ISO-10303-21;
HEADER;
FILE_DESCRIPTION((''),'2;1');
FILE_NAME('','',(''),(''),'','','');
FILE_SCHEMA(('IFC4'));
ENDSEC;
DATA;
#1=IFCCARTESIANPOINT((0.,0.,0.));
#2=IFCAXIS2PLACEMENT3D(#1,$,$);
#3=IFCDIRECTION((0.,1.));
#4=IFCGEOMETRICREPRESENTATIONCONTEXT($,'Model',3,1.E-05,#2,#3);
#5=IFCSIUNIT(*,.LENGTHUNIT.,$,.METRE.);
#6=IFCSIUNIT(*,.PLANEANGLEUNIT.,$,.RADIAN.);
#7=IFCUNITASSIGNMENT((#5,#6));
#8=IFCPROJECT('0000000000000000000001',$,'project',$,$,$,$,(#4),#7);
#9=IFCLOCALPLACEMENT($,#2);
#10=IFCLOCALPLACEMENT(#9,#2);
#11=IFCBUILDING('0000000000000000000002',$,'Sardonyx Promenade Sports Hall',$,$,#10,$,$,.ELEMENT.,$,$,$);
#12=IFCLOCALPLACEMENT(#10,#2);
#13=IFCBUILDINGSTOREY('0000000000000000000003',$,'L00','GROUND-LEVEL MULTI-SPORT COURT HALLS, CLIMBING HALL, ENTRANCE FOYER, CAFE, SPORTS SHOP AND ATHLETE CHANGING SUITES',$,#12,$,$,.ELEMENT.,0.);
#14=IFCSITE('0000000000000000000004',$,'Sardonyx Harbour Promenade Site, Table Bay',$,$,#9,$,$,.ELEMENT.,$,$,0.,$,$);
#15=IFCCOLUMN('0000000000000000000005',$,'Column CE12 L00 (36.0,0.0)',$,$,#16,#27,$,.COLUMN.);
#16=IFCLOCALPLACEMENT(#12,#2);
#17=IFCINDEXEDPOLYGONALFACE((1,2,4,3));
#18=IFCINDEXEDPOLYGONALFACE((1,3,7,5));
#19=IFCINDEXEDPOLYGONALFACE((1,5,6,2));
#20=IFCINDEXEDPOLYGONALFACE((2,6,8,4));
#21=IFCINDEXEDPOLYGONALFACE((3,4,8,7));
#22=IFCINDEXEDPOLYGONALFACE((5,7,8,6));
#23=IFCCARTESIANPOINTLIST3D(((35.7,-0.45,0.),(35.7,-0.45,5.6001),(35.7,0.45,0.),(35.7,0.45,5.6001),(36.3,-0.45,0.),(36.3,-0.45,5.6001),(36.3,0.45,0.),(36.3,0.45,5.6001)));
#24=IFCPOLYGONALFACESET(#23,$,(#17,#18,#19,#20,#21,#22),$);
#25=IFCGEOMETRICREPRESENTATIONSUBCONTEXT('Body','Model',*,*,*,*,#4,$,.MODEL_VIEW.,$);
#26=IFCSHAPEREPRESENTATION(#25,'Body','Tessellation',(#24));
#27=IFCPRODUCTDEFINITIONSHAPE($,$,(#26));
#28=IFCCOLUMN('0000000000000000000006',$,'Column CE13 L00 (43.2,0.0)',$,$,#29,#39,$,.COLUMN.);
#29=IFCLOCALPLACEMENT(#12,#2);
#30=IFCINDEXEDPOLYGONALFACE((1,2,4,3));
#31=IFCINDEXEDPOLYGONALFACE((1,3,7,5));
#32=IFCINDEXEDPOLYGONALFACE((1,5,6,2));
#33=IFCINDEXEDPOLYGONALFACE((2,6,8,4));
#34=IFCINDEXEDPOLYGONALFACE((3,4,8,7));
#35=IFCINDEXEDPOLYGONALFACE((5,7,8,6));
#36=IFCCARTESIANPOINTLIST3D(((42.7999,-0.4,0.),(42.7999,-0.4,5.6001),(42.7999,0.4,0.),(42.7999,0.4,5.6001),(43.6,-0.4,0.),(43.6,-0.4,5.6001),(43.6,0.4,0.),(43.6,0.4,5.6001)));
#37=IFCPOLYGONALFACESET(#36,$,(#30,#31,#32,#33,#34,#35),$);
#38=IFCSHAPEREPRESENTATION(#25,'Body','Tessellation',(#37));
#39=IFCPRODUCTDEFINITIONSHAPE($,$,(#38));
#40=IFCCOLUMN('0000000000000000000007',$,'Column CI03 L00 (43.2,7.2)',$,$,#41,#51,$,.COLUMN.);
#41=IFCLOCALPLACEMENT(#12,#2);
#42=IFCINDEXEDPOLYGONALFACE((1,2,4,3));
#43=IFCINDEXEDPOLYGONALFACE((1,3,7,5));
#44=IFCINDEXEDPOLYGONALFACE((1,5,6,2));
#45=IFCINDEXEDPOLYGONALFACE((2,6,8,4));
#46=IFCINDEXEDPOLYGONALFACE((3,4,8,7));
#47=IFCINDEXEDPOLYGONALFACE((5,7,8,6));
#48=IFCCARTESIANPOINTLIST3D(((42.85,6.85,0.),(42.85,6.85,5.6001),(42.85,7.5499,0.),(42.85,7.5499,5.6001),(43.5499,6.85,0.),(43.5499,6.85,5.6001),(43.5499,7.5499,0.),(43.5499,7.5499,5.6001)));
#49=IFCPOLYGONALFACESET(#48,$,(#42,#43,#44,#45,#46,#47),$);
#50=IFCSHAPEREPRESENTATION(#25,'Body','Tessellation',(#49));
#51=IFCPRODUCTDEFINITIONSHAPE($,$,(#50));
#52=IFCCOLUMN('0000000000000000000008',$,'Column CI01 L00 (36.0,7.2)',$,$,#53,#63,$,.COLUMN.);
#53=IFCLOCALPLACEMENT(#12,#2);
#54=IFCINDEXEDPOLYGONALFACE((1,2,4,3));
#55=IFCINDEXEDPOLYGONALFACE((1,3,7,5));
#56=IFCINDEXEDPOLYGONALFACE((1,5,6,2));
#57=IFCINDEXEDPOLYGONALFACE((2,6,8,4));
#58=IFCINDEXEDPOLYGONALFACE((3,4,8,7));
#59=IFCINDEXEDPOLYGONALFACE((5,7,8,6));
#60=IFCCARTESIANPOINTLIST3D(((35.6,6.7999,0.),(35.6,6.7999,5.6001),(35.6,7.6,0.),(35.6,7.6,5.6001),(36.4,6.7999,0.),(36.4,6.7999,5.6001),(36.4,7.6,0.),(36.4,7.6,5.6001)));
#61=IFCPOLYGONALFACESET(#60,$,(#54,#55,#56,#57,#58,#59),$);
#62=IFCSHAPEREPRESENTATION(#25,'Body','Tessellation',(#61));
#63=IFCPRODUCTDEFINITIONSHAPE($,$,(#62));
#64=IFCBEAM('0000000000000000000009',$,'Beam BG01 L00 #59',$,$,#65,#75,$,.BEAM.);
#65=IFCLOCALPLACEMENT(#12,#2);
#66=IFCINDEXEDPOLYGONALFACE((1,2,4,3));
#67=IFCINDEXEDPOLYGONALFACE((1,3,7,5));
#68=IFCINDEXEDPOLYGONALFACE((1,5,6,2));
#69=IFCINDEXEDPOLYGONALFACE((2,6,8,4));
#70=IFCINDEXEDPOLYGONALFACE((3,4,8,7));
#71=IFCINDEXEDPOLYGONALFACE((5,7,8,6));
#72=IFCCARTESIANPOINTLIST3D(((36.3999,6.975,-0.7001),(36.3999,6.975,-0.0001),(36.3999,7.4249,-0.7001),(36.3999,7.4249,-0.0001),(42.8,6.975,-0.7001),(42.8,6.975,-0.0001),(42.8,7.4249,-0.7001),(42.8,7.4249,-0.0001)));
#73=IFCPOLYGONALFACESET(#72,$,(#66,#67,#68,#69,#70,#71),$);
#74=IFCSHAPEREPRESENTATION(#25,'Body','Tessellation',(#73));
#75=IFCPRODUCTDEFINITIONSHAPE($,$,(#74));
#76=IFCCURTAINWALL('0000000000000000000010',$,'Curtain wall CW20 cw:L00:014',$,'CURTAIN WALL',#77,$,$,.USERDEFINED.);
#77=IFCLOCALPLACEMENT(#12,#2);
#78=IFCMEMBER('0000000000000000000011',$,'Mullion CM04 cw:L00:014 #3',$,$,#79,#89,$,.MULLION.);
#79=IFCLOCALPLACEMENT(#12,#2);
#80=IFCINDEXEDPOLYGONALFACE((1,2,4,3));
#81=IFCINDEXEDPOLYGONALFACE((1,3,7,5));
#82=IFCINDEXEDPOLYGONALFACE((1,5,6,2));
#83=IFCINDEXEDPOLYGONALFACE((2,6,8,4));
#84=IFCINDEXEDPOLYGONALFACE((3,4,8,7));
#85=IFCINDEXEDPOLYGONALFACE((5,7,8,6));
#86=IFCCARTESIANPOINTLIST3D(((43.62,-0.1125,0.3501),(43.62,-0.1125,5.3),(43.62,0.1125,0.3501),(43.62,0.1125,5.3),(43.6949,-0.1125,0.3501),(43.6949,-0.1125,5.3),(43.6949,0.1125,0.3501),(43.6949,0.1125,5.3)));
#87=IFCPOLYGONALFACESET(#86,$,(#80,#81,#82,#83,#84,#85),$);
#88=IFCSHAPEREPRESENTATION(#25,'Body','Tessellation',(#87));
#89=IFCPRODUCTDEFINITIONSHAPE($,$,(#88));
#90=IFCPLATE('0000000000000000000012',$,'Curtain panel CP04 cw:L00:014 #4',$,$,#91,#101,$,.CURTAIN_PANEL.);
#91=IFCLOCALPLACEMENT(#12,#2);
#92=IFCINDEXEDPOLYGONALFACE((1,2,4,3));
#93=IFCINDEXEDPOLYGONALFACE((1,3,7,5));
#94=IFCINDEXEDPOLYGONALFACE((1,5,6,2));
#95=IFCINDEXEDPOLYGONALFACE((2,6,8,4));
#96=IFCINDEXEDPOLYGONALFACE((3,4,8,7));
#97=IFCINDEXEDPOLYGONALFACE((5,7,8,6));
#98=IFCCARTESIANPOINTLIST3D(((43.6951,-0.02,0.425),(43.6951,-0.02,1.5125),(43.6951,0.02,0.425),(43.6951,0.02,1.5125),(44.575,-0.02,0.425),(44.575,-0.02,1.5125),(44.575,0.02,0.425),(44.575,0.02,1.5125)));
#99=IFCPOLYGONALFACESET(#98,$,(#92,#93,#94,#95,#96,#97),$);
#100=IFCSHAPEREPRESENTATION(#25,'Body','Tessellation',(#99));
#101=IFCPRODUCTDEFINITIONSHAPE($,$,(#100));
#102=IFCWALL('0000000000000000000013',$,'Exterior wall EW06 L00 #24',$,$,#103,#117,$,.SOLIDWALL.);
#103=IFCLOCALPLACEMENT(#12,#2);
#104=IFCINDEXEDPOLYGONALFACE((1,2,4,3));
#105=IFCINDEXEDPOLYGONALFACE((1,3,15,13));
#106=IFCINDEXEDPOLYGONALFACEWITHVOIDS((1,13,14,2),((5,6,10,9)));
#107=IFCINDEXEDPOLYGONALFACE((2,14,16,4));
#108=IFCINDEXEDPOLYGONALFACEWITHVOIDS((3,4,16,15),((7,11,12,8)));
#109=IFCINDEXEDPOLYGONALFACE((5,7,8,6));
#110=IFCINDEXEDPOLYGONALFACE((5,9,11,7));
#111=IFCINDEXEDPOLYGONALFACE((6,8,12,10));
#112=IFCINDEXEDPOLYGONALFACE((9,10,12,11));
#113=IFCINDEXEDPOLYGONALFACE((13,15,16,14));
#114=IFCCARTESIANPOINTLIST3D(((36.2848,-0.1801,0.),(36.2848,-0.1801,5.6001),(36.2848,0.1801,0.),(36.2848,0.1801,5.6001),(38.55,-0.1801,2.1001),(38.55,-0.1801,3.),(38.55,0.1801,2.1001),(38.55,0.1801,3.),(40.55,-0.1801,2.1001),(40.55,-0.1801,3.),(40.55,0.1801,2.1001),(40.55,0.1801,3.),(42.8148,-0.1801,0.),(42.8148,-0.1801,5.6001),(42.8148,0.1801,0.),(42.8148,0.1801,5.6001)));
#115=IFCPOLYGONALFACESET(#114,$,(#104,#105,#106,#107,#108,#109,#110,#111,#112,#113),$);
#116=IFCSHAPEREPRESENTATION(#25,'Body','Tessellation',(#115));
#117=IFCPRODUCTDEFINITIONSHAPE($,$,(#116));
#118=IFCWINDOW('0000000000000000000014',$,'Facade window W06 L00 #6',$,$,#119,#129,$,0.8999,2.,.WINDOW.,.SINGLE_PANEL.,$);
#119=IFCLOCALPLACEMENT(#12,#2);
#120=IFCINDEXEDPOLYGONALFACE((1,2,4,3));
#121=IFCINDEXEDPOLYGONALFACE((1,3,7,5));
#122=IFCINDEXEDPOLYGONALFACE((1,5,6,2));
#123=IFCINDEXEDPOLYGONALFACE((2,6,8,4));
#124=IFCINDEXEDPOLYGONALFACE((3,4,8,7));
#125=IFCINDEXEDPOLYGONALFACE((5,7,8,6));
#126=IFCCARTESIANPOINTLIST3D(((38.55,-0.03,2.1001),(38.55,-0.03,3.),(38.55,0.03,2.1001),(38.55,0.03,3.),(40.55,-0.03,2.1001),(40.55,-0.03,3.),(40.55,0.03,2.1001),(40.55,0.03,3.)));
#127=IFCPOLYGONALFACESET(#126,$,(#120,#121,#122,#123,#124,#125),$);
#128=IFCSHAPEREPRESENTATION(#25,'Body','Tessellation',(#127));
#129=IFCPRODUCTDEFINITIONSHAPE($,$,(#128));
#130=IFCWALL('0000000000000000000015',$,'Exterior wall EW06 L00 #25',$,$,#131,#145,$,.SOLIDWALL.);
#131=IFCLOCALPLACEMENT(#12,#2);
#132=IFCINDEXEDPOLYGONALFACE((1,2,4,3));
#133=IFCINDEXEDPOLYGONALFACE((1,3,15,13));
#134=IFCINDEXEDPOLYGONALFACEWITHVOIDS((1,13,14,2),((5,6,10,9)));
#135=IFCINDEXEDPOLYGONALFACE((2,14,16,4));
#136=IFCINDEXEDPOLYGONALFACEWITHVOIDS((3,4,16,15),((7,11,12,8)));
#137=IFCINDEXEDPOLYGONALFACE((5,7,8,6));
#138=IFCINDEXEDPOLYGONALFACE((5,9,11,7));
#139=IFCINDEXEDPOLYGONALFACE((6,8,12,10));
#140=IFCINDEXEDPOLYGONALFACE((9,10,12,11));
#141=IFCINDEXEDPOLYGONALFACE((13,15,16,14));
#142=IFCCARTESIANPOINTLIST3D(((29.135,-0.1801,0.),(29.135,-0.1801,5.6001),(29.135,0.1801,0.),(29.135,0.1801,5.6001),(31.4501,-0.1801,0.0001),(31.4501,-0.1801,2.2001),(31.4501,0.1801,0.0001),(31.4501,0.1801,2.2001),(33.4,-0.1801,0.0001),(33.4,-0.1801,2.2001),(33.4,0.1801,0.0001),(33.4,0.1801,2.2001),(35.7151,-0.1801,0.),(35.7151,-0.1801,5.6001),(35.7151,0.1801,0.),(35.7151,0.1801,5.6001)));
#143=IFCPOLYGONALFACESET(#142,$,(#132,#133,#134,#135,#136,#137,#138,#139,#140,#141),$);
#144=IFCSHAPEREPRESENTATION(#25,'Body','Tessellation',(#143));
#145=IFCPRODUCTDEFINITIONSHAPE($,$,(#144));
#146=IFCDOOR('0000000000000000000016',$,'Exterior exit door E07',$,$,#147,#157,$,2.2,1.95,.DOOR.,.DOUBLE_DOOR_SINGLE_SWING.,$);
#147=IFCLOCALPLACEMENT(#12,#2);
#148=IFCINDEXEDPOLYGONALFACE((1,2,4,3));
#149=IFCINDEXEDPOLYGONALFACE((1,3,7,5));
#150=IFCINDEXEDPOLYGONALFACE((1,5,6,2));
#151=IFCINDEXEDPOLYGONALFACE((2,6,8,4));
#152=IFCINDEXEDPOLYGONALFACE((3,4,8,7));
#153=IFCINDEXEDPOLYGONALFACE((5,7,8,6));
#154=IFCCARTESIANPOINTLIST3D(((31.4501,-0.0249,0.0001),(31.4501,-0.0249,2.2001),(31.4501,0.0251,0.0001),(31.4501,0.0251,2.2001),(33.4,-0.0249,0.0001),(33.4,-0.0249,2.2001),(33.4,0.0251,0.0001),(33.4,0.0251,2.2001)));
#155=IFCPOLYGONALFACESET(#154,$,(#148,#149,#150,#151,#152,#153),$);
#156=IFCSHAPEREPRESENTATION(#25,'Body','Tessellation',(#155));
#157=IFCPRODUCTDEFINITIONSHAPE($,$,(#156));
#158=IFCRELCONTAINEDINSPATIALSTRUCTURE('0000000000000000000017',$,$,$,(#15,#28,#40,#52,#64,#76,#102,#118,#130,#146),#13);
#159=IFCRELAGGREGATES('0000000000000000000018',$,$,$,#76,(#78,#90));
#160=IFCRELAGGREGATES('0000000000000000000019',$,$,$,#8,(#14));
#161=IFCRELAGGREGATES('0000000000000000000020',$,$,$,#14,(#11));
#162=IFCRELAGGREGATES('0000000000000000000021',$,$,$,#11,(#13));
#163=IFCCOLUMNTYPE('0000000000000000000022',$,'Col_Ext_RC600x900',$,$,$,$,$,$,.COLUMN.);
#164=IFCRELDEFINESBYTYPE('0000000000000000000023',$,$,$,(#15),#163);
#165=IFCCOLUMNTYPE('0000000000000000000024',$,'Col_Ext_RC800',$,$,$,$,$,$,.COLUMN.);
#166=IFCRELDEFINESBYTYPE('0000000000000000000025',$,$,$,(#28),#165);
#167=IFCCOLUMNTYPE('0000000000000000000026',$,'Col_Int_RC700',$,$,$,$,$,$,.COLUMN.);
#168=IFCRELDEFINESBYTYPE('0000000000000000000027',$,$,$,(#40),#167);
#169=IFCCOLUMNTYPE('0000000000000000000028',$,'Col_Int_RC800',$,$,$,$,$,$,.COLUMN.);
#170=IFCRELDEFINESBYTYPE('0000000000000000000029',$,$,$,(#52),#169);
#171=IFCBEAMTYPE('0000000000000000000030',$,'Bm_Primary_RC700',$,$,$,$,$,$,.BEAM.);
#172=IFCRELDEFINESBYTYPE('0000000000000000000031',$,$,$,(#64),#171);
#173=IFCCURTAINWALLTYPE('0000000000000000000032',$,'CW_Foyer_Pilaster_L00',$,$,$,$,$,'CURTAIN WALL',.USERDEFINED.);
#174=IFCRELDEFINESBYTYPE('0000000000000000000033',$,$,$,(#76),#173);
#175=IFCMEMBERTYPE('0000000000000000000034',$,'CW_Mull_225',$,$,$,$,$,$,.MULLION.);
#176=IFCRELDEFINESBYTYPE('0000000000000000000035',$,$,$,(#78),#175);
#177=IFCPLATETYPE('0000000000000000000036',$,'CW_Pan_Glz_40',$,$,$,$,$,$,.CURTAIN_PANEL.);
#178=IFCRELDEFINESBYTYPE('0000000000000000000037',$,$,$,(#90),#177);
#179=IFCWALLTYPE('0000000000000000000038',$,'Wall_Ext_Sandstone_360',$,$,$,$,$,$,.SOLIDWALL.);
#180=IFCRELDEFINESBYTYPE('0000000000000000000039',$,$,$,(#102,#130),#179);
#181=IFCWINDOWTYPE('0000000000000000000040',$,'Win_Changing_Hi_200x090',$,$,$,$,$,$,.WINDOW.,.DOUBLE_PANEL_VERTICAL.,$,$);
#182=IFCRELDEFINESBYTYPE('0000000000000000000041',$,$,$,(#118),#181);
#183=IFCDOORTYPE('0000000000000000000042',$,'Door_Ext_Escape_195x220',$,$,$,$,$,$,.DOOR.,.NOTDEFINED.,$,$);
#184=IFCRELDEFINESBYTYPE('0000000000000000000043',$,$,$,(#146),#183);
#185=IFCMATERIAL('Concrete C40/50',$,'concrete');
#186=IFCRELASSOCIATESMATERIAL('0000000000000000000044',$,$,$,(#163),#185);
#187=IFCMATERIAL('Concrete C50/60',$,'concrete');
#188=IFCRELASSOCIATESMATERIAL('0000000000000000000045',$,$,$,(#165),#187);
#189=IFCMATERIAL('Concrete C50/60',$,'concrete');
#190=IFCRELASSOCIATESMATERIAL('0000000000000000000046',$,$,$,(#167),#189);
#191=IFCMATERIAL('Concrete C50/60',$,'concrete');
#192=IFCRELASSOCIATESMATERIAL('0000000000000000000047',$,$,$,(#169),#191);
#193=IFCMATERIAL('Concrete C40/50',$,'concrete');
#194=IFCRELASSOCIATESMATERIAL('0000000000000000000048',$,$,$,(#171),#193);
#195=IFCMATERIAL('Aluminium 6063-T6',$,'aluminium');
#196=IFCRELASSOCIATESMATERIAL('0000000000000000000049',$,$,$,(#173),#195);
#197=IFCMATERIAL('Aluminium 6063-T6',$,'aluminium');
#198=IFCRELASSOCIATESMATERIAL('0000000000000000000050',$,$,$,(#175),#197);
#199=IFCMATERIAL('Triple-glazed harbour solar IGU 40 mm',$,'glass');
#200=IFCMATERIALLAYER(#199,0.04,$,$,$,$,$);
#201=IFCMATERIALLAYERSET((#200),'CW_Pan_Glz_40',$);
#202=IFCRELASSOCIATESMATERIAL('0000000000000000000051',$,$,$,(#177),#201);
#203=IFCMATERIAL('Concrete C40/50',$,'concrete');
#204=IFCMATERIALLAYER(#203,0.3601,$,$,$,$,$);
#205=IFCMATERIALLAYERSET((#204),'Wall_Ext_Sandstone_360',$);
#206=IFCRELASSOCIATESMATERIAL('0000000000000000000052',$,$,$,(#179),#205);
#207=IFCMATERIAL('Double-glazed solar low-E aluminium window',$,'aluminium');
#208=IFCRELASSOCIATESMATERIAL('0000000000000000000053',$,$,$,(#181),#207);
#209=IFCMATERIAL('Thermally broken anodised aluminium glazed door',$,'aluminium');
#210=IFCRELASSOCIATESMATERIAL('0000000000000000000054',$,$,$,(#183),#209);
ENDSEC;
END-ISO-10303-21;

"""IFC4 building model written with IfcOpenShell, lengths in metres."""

from ifc_helpers import new_model, si_unit, direction, frame, frame_2d, origin, origin_2d, place, context, subcontext, project, spatial, rectangle, extrude, material, layer, layer_set, material_profile, profile_set, type_object, element, fill, aggregate, save


model = new_model("IFC4")

# Units and contexts
model_context = context("Model", 3, precision=1e-05, world=origin(), true_north=direction((0.0, 1.0)))
body_context = subcontext(model_context, "Body", "Model", "MODEL_VIEW")
ifc_project = project(units=[si_unit("LENGTHUNIT", "METRE"), si_unit("PLANEANGLEUNIT", "RADIAN")], contexts=[model_context])

# Site, building, storey
site_placement = place(None, origin())
site = spatial("IfcSite", under=ifc_project, at=site_placement, Name="Sardonyx Harbour Promenade Site, Table Bay", CompositionType="ELEMENT", RefElevation=0.0)
building_placement = place(site_placement, origin())
building = spatial("IfcBuilding", under=site, at=building_placement, Name="Sardonyx Promenade Sports Hall", CompositionType="ELEMENT")
storey_placement = place(building_placement, origin())
storey = spatial("IfcBuildingStorey", under=building, at=storey_placement, Name="L00", Description="GROUND-LEVEL MULTI-SPORT COURT HALLS, CLIMBING HALL, ENTRANCE FOYER, CAFE, SPORTS SHOP AND ATHLETE CHANGING SUITES", CompositionType="ELEMENT", Elevation=0.0)

# Columns
ifc_material_1 = material(Name="Concrete C40/50", Category="concrete")
ifc_material_profile_1 = material_profile(ifc_material_1, rectangle(XDim=0.6001, YDim=0.8999, at=origin_2d()))
ifc_profile_set_1 = profile_set([ifc_material_profile_1], Name="Concrete C40/50")
column_type_1 = type_object("IfcColumnType", Name="Col_Ext_RC600x900", PredefinedType="COLUMN", material=ifc_profile_set_1)
column_1_placement = place(storey_placement, frame((36.0, 0.0, 0.0), z_axis=(0.0, 0.0, 1.0), x_axis=(1.0, 0.0, 0.0)))
element("IfcColumn", 1, at=column_1_placement, inside=storey, type_object=column_type_1, Name="Column CE12 L00 (36.0,0.0)", PredefinedType="COLUMN", context=body_context, shape_type="SweptSolid", body=[
    extrude(rectangle(XDim=0.6001, YDim=0.8999, at=origin_2d()), origin(), (0.0, 0.0, 1.0), 5.6001),
])
ifc_material_2 = material(Name="Concrete C50/60", Category="concrete")
ifc_material_profile_2 = material_profile(ifc_material_2, rectangle(XDim=0.8, YDim=0.8, at=origin_2d()))
ifc_profile_set_2 = profile_set([ifc_material_profile_2], Name="Concrete C50/60")
column_type_2 = type_object("IfcColumnType", Name="Col_Ext_RC800", PredefinedType="COLUMN", material=ifc_profile_set_2)
column_2_placement = place(storey_placement, frame((43.2, 0.0, 0.0), z_axis=(0.0, 0.0, 1.0), x_axis=(1.0, 0.0, 0.0)))
element("IfcColumn", 2, at=column_2_placement, inside=storey, type_object=column_type_2, Name="Column CE13 L00 (43.2,0.0)", PredefinedType="COLUMN", context=body_context, shape_type="SweptSolid", body=[
    extrude(rectangle(XDim=0.8, YDim=0.8, at=origin_2d()), origin(), (0.0, 0.0, 1.0), 5.6001),
])
ifc_material_3 = material(Name="Concrete C50/60", Category="concrete")
ifc_material_profile_3 = material_profile(ifc_material_3, rectangle(XDim=0.7, YDim=0.7, at=origin_2d()))
ifc_profile_set_3 = profile_set([ifc_material_profile_3], Name="Concrete C50/60")
column_type_3 = type_object("IfcColumnType", Name="Col_Int_RC700", PredefinedType="COLUMN", material=ifc_profile_set_3)
column_3_placement = place(storey_placement, frame((43.2, 7.2, 0.0), z_axis=(0.0, 0.0, 1.0), x_axis=(1.0, 0.0, 0.0)))
element("IfcColumn", 3, at=column_3_placement, inside=storey, type_object=column_type_3, Name="Column CI03 L00 (43.2,7.2)", PredefinedType="COLUMN", context=body_context, shape_type="SweptSolid", body=[
    extrude(rectangle(XDim=0.7, YDim=0.7, at=origin_2d()), origin(), (0.0, 0.0, 1.0), 5.6001),
])
ifc_material_4 = material(Name="Concrete C50/60", Category="concrete")
ifc_material_profile_4 = material_profile(ifc_material_4, rectangle(XDim=0.8, YDim=0.8, at=origin_2d()))
ifc_profile_set_4 = profile_set([ifc_material_profile_4], Name="Concrete C50/60")
column_type_4 = type_object("IfcColumnType", Name="Col_Int_RC800", PredefinedType="COLUMN", material=ifc_profile_set_4)
column_4_placement = place(storey_placement, frame((36.0, 7.2, 0.0), z_axis=(0.0, 0.0, 1.0), x_axis=(1.0, 0.0, 0.0)))
element("IfcColumn", 4, at=column_4_placement, inside=storey, type_object=column_type_4, Name="Column CI01 L00 (36.0,7.2)", PredefinedType="COLUMN", context=body_context, shape_type="SweptSolid", body=[
    extrude(rectangle(XDim=0.8, YDim=0.8, at=origin_2d()), origin(), (0.0, 0.0, 1.0), 5.6001),
])

# Beam
ifc_material_5 = material(Name="Concrete C40/50", Category="concrete")
ifc_material_profile_5 = material_profile(ifc_material_5, rectangle(XDim=0.45, YDim=0.7, at=origin_2d()))
ifc_profile_set_5 = profile_set([ifc_material_profile_5], Name="Concrete C40/50")
beam_type = type_object("IfcBeamType", Name="Bm_Primary_RC700", PredefinedType="BEAM", material=ifc_profile_set_5)
beam_placement = place(storey_placement, frame((36.3999, 7.2, -0.3501), z_axis=(1.0, 0.0, 0.0), x_axis=(0.0, 1.0, 0.0)))
element("IfcBeam", 5, at=beam_placement, inside=storey, type_object=beam_type, Name="Beam BG01 L00 #59", PredefinedType="BEAM", context=body_context, shape_type="SweptSolid", body=[
    extrude(rectangle(XDim=0.45, YDim=0.7, at=origin_2d()), origin(), (0.0, 0.0, 1.0), 6.4001),
])

# Curtain wall, member, plate
ifc_material_6 = material(Name="Aluminium 6063-T6", Category="aluminium")
curtain_wall_type = type_object("IfcCurtainWallType", Name="CW_Foyer_Pilaster_L00", ElementType="CURTAIN WALL", PredefinedType="USERDEFINED", material=ifc_material_6)
curtain_wall_placement = place(storey_placement, origin())
curtain_wall = element("IfcCurtainWall", 6, at=curtain_wall_placement, inside=storey, type_object=curtain_wall_type, Name="Curtain wall CW20 cw:L00:014", ObjectType="CURTAIN WALL", PredefinedType="USERDEFINED")
ifc_material_7 = material(Name="Aluminium 6063-T6", Category="aluminium")
ifc_material_profile_6 = material_profile(ifc_material_7, rectangle(XDim=0.075, YDim=0.2251, at=origin_2d()))
ifc_profile_set_6 = profile_set([ifc_material_profile_6], Name="Aluminium 6063-T6")
member_type = type_object("IfcMemberType", Name="CW_Mull_225", PredefinedType="MULLION", material=ifc_profile_set_6)
member_placement = place(storey_placement, frame((43.6575, 0.0, 0.3501), z_axis=(0.0, 0.0, 1.0), x_axis=(-1.0, 0.0, 0.0)))
member = element("IfcMember", 7, at=member_placement, type_object=member_type, Name="Mullion CM04 cw:L00:014 #3", PredefinedType="MULLION", context=body_context, shape_type="SweptSolid", body=[
    extrude(rectangle(XDim=0.075, YDim=0.2251, at=origin_2d()), origin(), (0.0, 0.0, 1.0), 4.95),
])
ifc_material_8 = material(Name="Triple-glazed harbour solar IGU 40 mm", Category="glass")
ifc_layer_1 = layer(ifc_material_8, 0.04)
ifc_layer_set_1 = layer_set([ifc_layer_1], Name="CW_Pan_Glz_40")
plate_type = type_object("IfcPlateType", Name="CW_Pan_Glz_40", PredefinedType="CURTAIN_PANEL", material=ifc_layer_set_1)
plate_placement = place(storey_placement, frame((44.135, 0.0, 0.425), z_axis=(0.0, 0.0, 1.0), x_axis=(-1.0, 0.0, 0.0)))
plate = element("IfcPlate", 8, at=plate_placement, type_object=plate_type, Name="Curtain panel CP04 cw:L00:014 #4", PredefinedType="CURTAIN_PANEL", context=body_context, shape_type="SweptSolid", body=[
    extrude(rectangle(XDim=0.8799, YDim=0.04, at=origin_2d()), origin(), (0.0, 0.0, 1.0), 1.0874),
])
aggregate(curtain_wall, [member, plate])

# Wall, opening, window
ifc_material_9 = material(Name="Concrete C40/50", Category="concrete")
ifc_layer_2 = layer(ifc_material_9, 0.3601)
ifc_layer_set_2 = layer_set([ifc_layer_2], Name="Wall_Ext_Sandstone_360")
wall_type_1 = type_object("IfcWallType", Name="Wall_Ext_Sandstone_360", PredefinedType="SOLIDWALL", material=ifc_layer_set_2)
wall_1_placement = place(storey_placement, frame((42.8149, 0.0, 0.0), z_axis=(0.0, 0.0, 1.0), x_axis=(-1.0, 0.0, 0.0)))
wall_1 = element("IfcWall", 9, at=wall_1_placement, inside=storey, type_object=wall_type_1, Name="Exterior wall EW06 L00 #24", PredefinedType="SOLIDWALL", context=body_context, shape_type="SweptSolid", body=[
    extrude(rectangle(XDim=6.53, YDim=0.3601, at=frame_2d((3.2651, 0.0))), origin(), (0.0, 0.0, 1.0), 5.6001),
])
opening_1_placement = place(wall_1_placement, frame((2.2649, 0.0, 2.1001)))
opening_1 = element("IfcOpeningElement", 10, at=opening_1_placement, cuts=wall_1, PredefinedType="OPENING", context=body_context, shape_type="SweptSolid", body=[
    extrude(rectangle(XDim=2.0, YDim=0.8999, at=frame_2d((1.0, 0.45))), frame((0.0, 0.19, 0.0), z_axis=(0.0, -1.0, 0.0), x_axis=(1.0, 0.0, 0.0)), (0.0, 0.0, 1.0), 0.38),
])
ifc_material_10 = material(Name="Double-glazed solar low-E aluminium window", Category="aluminium")
window_type = type_object("IfcWindowType", Name="Win_Changing_Hi_200x090", PartitioningType="DOUBLE_PANEL_VERTICAL", PredefinedType="WINDOW", material=ifc_material_10)
window_placement = place(opening_1_placement, origin())
window = element("IfcWindow", 11, at=window_placement, inside=storey, type_object=window_type, Name="Facade window W06 L00 #6", OverallHeight=0.8999, OverallWidth=2.0, PartitioningType="SINGLE_PANEL", PredefinedType="WINDOW", context=body_context, shape_type="SweptSolid", body=[
    extrude(rectangle(XDim=2.0, YDim=0.8999, at=frame_2d((1.0, 0.45))), frame((0.0, 0.03, 0.0), z_axis=(0.0, -1.0, 0.0), x_axis=(1.0, 0.0, 0.0)), (0.0, 0.0, 1.0), 0.0601),
])
fill(opening_1, window)

# Wall, opening, door
wall_2_placement = place(storey_placement, frame((35.7151, 0.0, 0.0), z_axis=(0.0, 0.0, 1.0), x_axis=(-1.0, 0.0, 0.0)))
wall_2 = element("IfcWall", 12, at=wall_2_placement, inside=storey, type_object=wall_type_1, Name="Exterior wall EW06 L00 #25", PredefinedType="SOLIDWALL", context=body_context, shape_type="SweptSolid", body=[
    extrude(rectangle(XDim=6.5801, YDim=0.3601, at=frame_2d((3.29, 0.0))), origin(), (0.0, 0.0, 1.0), 5.6001),
])
opening_2_placement = place(wall_2_placement, frame((2.3149, 0.0, 0.0)))
opening_2 = element("IfcOpeningElement", 13, at=opening_2_placement, cuts=wall_2, PredefinedType="OPENING", context=body_context, shape_type="SweptSolid", body=[
    extrude(rectangle(XDim=1.95, YDim=2.2, at=frame_2d((0.9751, 1.1001))), frame((0.0, 0.19, 0.0), z_axis=(0.0, -1.0, 0.0), x_axis=(1.0, 0.0, 0.0)), (0.0, 0.0, 1.0), 0.38),
])
ifc_material_11 = material(Name="Thermally broken anodised aluminium glazed door", Category="aluminium")
door_type_1 = type_object("IfcDoorType", Name="Door_Ext_Escape_195x220", OperationType="NOTDEFINED", PredefinedType="DOOR", material=ifc_material_11)
door_1_placement = place(opening_2_placement, origin())
door_1 = element("IfcDoor", 14, at=door_1_placement, inside=storey, type_object=door_type_1, Name="Exterior exit door E07", OperationType="DOUBLE_DOOR_SINGLE_SWING", OverallHeight=2.2, OverallWidth=1.95, PredefinedType="DOOR", context=body_context, shape_type="SweptSolid", body=[
    extrude(rectangle(XDim=1.95, YDim=2.2, at=frame_2d((0.9751, 1.1001))), frame((0.0, 0.0249, 0.0), z_axis=(0.0, -1.0, 0.0), x_axis=(1.0, 0.0, 0.0)), (0.0, 0.0, 1.0), 0.05),
])
fill(opening_2, door_1)

save(model, "model.ifc")
